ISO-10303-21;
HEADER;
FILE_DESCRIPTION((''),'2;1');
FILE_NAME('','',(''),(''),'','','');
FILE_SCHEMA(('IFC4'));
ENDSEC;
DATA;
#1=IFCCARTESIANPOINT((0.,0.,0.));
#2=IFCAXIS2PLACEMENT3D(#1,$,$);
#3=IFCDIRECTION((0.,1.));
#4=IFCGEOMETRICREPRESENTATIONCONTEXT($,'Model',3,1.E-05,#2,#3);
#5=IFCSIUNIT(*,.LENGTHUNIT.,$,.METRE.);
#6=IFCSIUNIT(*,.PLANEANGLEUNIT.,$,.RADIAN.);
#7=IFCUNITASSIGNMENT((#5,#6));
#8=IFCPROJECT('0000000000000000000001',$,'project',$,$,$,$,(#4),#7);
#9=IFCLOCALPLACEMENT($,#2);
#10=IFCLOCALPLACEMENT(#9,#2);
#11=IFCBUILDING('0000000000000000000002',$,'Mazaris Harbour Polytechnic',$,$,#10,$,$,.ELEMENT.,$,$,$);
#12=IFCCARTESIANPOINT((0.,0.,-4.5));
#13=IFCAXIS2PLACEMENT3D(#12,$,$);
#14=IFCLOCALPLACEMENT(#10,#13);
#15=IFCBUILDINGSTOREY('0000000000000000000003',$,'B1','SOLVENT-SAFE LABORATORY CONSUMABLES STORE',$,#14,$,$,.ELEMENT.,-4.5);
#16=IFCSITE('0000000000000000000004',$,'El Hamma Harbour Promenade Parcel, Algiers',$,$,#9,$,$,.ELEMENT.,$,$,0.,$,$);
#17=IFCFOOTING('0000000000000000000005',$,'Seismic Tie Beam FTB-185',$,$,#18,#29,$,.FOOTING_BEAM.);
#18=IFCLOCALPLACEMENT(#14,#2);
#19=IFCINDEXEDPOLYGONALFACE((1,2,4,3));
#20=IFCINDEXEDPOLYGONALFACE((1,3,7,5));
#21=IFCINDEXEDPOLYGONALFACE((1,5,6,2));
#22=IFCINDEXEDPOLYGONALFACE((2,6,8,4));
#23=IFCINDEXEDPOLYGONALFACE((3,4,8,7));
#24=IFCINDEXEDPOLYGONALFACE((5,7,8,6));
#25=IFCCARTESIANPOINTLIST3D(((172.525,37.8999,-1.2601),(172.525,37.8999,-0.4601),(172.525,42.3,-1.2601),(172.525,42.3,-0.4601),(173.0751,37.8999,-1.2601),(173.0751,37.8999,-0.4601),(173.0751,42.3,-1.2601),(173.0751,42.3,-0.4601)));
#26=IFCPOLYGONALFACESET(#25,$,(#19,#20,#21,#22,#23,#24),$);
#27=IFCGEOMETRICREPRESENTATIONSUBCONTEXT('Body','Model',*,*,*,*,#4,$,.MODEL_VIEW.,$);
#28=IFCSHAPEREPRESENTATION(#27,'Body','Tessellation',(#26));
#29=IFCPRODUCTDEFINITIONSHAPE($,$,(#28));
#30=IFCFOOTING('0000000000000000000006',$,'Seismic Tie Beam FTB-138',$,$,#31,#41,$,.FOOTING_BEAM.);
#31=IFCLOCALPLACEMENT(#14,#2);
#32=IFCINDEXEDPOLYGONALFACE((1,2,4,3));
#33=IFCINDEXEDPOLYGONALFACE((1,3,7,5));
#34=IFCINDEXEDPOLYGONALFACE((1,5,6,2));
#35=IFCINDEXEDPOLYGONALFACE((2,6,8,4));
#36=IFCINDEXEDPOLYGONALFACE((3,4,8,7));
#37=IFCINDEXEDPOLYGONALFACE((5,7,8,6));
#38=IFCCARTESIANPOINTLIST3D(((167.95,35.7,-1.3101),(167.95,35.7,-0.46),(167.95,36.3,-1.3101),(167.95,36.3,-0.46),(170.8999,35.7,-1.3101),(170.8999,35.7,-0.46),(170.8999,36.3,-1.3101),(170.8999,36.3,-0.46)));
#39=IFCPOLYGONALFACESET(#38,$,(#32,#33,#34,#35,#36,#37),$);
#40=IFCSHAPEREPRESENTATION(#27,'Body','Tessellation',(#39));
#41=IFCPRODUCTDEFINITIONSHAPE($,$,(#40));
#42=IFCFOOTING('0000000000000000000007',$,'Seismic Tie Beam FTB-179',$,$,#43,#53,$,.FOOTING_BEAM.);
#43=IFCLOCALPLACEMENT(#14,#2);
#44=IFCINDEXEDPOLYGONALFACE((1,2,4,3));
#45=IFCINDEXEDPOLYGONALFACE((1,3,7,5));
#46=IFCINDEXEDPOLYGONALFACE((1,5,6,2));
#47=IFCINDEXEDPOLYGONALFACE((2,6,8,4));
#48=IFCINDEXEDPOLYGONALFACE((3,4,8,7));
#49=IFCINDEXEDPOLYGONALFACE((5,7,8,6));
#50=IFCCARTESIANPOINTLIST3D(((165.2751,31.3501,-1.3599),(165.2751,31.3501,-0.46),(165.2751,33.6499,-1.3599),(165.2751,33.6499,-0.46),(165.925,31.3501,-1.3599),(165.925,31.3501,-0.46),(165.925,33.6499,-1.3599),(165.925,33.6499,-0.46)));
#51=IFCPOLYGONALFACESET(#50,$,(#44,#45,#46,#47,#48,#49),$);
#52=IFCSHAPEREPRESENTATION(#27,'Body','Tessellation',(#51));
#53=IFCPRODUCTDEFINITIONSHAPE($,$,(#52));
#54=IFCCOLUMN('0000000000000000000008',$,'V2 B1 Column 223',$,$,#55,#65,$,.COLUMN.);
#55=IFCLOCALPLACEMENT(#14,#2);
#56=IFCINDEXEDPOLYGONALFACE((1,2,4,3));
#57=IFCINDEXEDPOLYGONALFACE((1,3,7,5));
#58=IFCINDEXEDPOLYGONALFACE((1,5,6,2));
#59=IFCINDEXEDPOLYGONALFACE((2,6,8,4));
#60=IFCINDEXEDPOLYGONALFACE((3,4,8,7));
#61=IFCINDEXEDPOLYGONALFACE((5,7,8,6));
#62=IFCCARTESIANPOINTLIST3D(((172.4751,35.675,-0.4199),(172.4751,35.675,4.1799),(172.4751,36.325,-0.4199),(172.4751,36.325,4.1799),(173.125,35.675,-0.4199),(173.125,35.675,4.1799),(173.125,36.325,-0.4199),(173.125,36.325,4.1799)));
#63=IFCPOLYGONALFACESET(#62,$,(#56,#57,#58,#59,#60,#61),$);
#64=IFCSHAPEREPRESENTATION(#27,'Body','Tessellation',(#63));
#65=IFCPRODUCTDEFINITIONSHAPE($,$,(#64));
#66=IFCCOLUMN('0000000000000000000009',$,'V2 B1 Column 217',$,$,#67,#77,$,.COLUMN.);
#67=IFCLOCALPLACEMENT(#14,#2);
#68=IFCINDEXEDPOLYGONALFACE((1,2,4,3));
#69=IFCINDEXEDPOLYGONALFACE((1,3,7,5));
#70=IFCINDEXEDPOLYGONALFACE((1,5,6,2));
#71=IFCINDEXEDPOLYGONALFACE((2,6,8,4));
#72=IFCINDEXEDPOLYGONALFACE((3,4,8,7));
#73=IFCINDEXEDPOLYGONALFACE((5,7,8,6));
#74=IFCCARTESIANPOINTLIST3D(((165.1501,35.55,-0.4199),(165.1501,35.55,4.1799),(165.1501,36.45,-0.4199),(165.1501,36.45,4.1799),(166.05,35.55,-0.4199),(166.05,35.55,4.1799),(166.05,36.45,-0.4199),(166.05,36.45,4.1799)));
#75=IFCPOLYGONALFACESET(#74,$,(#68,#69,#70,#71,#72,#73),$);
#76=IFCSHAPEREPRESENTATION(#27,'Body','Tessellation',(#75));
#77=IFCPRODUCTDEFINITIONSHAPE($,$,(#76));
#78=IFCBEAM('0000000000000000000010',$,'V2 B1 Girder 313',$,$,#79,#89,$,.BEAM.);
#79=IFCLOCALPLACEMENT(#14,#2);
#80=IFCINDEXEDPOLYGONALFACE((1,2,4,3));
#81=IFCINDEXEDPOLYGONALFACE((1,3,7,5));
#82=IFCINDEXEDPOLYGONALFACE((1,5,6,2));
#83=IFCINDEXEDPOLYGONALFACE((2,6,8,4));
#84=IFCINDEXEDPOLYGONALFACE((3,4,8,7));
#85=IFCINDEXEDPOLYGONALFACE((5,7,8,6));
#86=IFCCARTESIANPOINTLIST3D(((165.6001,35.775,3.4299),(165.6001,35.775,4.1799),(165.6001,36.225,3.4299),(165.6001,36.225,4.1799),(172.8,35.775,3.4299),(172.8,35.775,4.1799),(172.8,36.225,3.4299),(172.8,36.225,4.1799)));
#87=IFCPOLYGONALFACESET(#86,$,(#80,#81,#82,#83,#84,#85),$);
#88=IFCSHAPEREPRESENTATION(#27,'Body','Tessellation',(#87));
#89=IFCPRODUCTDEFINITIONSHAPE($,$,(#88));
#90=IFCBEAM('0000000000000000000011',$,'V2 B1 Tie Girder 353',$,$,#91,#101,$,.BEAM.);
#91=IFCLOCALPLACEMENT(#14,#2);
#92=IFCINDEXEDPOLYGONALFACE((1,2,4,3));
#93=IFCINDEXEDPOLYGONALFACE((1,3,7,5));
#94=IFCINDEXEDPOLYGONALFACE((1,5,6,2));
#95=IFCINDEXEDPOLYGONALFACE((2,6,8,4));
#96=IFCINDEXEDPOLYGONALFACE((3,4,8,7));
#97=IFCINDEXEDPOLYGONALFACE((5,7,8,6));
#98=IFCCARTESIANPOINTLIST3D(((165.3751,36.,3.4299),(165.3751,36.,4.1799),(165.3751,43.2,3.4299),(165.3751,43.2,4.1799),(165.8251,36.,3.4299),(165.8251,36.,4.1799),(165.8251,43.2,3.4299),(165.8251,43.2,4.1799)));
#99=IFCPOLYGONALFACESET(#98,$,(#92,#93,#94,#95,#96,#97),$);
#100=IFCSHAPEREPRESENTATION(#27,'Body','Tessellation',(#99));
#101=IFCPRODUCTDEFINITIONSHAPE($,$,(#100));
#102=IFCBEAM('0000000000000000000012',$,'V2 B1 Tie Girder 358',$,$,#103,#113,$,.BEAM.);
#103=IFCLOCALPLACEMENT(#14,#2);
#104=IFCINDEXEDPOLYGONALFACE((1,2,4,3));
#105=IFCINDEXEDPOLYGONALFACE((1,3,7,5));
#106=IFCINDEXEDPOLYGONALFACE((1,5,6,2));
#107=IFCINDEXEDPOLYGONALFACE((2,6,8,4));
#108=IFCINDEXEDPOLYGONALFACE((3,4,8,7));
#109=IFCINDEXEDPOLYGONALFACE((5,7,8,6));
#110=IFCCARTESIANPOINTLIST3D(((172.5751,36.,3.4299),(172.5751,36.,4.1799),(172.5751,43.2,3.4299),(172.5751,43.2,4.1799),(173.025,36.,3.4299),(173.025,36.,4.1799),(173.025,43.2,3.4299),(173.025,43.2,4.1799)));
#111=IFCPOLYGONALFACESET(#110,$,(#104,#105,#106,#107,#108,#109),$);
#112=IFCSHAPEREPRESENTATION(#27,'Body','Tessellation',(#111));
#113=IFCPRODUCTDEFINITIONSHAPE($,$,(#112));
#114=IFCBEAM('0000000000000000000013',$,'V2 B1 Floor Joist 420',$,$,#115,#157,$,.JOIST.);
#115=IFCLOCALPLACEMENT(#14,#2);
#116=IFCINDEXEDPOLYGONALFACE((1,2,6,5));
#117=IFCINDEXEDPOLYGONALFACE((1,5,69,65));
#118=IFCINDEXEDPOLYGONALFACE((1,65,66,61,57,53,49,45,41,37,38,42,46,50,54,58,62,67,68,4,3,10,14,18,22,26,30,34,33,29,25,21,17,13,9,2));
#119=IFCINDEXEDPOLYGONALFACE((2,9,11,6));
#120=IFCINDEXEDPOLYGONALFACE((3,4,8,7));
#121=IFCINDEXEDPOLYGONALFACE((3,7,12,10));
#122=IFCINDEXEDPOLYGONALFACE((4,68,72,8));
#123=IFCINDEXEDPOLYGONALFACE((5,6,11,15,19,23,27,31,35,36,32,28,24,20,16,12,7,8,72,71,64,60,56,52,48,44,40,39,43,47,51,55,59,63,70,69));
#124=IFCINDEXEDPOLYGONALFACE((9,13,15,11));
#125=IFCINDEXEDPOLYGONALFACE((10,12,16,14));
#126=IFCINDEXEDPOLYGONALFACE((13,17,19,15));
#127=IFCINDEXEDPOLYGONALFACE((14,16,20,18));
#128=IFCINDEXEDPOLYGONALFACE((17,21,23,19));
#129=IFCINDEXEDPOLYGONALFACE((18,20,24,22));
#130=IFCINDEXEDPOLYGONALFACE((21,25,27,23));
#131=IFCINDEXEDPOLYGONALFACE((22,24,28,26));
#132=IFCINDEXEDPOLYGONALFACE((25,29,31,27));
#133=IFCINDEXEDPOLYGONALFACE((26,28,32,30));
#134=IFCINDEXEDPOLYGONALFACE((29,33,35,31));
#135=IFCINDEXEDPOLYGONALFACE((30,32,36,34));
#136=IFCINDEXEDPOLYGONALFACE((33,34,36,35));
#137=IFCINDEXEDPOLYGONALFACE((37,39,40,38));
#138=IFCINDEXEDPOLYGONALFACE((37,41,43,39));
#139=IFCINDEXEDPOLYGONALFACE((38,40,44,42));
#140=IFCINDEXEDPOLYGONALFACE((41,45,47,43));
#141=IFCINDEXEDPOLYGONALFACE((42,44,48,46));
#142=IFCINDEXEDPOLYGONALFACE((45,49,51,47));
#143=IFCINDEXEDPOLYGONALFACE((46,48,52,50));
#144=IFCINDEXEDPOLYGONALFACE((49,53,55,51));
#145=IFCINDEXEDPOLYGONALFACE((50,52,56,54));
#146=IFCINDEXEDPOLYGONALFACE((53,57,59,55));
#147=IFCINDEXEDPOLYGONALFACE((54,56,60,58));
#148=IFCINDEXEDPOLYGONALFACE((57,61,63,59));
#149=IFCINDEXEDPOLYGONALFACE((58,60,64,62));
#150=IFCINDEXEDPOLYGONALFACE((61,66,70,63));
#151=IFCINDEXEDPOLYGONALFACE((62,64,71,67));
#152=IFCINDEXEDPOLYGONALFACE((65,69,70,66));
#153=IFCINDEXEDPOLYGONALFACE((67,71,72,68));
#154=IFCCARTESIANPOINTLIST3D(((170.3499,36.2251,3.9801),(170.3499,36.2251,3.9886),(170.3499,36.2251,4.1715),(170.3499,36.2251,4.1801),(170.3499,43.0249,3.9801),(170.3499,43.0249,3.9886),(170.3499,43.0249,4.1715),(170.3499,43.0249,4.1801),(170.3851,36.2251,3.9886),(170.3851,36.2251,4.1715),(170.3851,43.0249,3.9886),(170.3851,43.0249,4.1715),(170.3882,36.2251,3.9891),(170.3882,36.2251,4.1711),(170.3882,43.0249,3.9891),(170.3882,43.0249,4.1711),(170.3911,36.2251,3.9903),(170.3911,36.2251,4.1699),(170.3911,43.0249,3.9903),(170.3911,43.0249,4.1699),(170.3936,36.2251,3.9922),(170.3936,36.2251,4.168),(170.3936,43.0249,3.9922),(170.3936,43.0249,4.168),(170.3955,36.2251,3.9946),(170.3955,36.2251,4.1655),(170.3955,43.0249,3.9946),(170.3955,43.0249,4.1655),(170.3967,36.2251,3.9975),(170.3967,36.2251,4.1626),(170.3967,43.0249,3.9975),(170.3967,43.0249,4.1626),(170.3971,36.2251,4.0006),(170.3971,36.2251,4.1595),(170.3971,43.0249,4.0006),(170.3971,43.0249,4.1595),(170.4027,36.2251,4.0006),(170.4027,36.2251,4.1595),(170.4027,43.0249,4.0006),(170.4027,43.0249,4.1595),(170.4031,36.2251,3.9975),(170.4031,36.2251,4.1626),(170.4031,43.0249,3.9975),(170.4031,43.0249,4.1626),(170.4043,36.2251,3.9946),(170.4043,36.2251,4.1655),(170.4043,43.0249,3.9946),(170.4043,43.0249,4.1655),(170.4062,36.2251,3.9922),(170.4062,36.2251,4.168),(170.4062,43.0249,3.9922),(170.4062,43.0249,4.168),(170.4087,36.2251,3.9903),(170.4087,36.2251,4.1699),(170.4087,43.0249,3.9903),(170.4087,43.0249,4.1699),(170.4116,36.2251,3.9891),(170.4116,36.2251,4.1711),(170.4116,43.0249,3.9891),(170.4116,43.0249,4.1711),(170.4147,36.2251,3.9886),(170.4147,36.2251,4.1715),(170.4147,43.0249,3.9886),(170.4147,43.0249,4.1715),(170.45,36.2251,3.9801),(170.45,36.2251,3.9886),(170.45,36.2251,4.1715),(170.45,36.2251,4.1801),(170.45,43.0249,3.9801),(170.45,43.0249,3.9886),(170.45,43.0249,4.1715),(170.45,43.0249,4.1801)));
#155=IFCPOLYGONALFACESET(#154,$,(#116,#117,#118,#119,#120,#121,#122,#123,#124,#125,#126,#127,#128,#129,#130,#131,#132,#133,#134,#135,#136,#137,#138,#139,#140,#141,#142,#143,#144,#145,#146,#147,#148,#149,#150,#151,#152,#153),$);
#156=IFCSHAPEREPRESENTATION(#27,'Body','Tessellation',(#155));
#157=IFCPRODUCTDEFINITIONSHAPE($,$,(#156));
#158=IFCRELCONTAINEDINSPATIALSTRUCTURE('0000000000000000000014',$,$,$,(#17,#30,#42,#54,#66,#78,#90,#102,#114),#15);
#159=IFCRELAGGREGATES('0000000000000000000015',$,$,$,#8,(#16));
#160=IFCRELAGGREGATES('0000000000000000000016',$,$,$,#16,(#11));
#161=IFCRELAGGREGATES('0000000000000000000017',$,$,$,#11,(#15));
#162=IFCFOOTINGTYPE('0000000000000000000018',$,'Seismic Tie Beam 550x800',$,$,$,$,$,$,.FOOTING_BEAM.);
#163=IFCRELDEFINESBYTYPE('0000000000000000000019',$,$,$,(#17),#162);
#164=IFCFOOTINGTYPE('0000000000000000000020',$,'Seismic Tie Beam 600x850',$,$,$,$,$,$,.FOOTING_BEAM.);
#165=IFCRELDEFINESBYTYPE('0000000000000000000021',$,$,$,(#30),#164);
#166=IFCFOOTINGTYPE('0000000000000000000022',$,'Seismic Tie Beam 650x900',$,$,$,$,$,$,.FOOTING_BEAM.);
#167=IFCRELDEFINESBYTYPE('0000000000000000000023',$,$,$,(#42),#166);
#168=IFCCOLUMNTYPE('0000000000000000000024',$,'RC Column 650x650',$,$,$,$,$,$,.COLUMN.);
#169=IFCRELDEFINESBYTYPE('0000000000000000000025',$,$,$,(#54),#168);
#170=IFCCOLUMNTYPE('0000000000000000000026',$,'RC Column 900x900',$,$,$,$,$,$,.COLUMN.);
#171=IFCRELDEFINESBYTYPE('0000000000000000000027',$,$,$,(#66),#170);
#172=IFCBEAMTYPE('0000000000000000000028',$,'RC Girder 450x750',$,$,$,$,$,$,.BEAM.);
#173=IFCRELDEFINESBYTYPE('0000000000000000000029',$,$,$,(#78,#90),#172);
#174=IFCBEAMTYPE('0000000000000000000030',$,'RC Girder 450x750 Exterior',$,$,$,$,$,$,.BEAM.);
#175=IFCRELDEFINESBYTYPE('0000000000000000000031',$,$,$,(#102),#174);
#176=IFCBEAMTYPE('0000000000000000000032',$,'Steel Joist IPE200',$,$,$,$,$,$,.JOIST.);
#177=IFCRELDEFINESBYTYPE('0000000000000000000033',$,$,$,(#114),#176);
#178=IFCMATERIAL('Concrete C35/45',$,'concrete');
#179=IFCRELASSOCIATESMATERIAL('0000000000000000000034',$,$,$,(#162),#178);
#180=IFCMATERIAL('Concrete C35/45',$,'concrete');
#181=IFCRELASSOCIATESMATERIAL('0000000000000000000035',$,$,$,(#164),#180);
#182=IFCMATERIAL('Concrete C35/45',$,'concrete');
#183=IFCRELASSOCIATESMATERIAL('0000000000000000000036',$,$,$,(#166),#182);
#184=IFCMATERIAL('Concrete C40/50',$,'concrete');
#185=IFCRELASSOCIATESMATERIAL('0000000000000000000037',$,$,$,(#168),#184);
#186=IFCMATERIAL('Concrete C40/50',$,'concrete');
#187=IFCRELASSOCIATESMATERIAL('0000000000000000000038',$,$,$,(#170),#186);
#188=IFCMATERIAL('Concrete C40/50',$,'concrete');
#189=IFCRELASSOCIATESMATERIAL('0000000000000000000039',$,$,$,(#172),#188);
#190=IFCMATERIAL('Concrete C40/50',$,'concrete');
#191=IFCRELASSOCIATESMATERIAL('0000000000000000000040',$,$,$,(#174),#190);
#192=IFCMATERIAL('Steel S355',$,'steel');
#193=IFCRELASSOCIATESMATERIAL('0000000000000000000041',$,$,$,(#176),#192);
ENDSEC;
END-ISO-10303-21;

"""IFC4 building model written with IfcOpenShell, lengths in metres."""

from ifc_helpers import new_model, si_unit, direction, frame, origin, origin_2d, place, context, subcontext, project, spatial, rectangle, i_section, extrude, material, material_profile, profile_set, type_object, element, save


model = new_model("IFC4")

# Units and contexts
model_context = context("Model", 3, precision=1e-05, world=origin(), true_north=direction((0.0, 1.0)))
body_context = subcontext(model_context, "Body", "Model", "MODEL_VIEW")
ifc_project = project(units=[si_unit("LENGTHUNIT", "METRE"), si_unit("PLANEANGLEUNIT", "RADIAN")], contexts=[model_context])

# Site, building, storey
site_placement = place(None, origin())
site = spatial("IfcSite", under=ifc_project, at=site_placement, Name="El Hamma Harbour Promenade Parcel, Algiers", CompositionType="ELEMENT", RefElevation=0.0)
building_placement = place(site_placement, origin())
building = spatial("IfcBuilding", under=site, at=building_placement, Name="Mazaris Harbour Polytechnic", CompositionType="ELEMENT")
storey_placement = place(building_placement, frame((0.0, 0.0, -4.5)))
storey = spatial("IfcBuildingStorey", under=building, at=storey_placement, Name="B1", Description="SOLVENT-SAFE LABORATORY CONSUMABLES STORE", CompositionType="ELEMENT", Elevation=-4.5)

# Footings
ifc_material_1 = material(Name="Concrete C35/45", Category="concrete")
ifc_material_profile_1 = material_profile(ifc_material_1, rectangle(XDim=0.55, YDim=0.8, at=origin_2d()), Name="RECT550x800")
ifc_profile_set_1 = profile_set([ifc_material_profile_1], Name="Concrete C35/45")
footing_type_1 = type_object("IfcFootingType", Name="Seismic Tie Beam 550x800", PredefinedType="FOOTING_BEAM", material=ifc_profile_set_1)
footing_1_placement = place(storey_placement, frame((172.8, 37.8999, -0.8601), z_axis=(0.0, 1.0, 0.0), x_axis=(-1.0, 0.0, 0.0)))
element("IfcFooting", 1, at=footing_1_placement, inside=storey, type_object=footing_type_1, Name="Seismic Tie Beam FTB-185", PredefinedType="FOOTING_BEAM", context=body_context, shape_type="SweptSolid", body=[
    extrude(rectangle(XDim=0.55, YDim=0.8, at=origin_2d()), origin(), (0.0, 0.0, 1.0), 4.4001),
])
ifc_material_2 = material(Name="Concrete C35/45", Category="concrete")
ifc_material_profile_2 = material_profile(ifc_material_2, rectangle(XDim=0.6001, YDim=0.8501, at=origin_2d()), Name="RECT600x850")
ifc_profile_set_2 = profile_set([ifc_material_profile_2], Name="Concrete C35/45")
footing_type_2 = type_object("IfcFootingType", Name="Seismic Tie Beam 600x850", PredefinedType="FOOTING_BEAM", material=ifc_profile_set_2)
footing_2_placement = place(storey_placement, frame((167.95, 36.0, -0.885), z_axis=(1.0, 0.0, 0.0), x_axis=(0.0, 1.0, 0.0)))
element("IfcFooting", 2, at=footing_2_placement, inside=storey, type_object=footing_type_2, Name="Seismic Tie Beam FTB-138", PredefinedType="FOOTING_BEAM", context=body_context, shape_type="SweptSolid", body=[
    extrude(rectangle(XDim=0.6001, YDim=0.8501, at=origin_2d()), origin(), (0.0, 0.0, 1.0), 2.95),
])
ifc_material_3 = material(Name="Concrete C35/45", Category="concrete")
ifc_material_profile_3 = material_profile(ifc_material_3, rectangle(XDim=0.6499, YDim=0.8999, at=origin_2d()), Name="RECT650x900")
ifc_profile_set_3 = profile_set([ifc_material_profile_3], Name="Concrete C35/45")
footing_type_3 = type_object("IfcFootingType", Name="Seismic Tie Beam 650x900", PredefinedType="FOOTING_BEAM", material=ifc_profile_set_3)
footing_3_placement = place(storey_placement, frame((165.6001, 31.3501, -0.9099), z_axis=(0.0, 1.0, 0.0), x_axis=(-1.0, 0.0, 0.0)))
element("IfcFooting", 3, at=footing_3_placement, inside=storey, type_object=footing_type_3, Name="Seismic Tie Beam FTB-179", PredefinedType="FOOTING_BEAM", context=body_context, shape_type="SweptSolid", body=[
    extrude(rectangle(XDim=0.6499, YDim=0.8999, at=origin_2d()), origin(), (0.0, 0.0, 1.0), 2.2998),
])

# Columns
ifc_material_4 = material(Name="Concrete C40/50", Category="concrete")
ifc_material_profile_4 = material_profile(ifc_material_4, rectangle(XDim=0.6499, YDim=0.6499, at=origin_2d()), Name="RECT650x650")
ifc_profile_set_4 = profile_set([ifc_material_profile_4], Name="Concrete C40/50")
column_type_1 = type_object("IfcColumnType", Name="RC Column 650x650", PredefinedType="COLUMN", material=ifc_profile_set_4)
column_1_placement = place(storey_placement, frame((172.8, 36.0, -0.4199), z_axis=(0.0, 0.0, 1.0), x_axis=(1.0, 0.0, 0.0)))
element("IfcColumn", 4, at=column_1_placement, inside=storey, type_object=column_type_1, Name="V2 B1 Column 223", PredefinedType="COLUMN", context=body_context, shape_type="SweptSolid", body=[
    extrude(rectangle(XDim=0.6499, YDim=0.6499, at=origin_2d()), origin(), (0.0, 0.0, 1.0), 4.5999),
])
ifc_material_5 = material(Name="Concrete C40/50", Category="concrete")
ifc_material_profile_5 = material_profile(ifc_material_5, rectangle(XDim=0.8999, YDim=0.8999, at=origin_2d()), Name="RECT900x900")
ifc_profile_set_5 = profile_set([ifc_material_profile_5], Name="Concrete C40/50")
column_type_2 = type_object("IfcColumnType", Name="RC Column 900x900", PredefinedType="COLUMN", material=ifc_profile_set_5)
column_2_placement = place(storey_placement, frame((165.6001, 36.0, -0.4199), z_axis=(0.0, 0.0, 1.0), x_axis=(1.0, 0.0, 0.0)))
element("IfcColumn", 5, at=column_2_placement, inside=storey, type_object=column_type_2, Name="V2 B1 Column 217", PredefinedType="COLUMN", context=body_context, shape_type="SweptSolid", body=[
    extrude(rectangle(XDim=0.8999, YDim=0.8999, at=origin_2d()), origin(), (0.0, 0.0, 1.0), 4.5999),
])

# Beams
ifc_material_6 = material(Name="Concrete C40/50", Category="concrete")
ifc_material_profile_6 = material_profile(ifc_material_6, rectangle(XDim=0.45, YDim=0.75, at=origin_2d()), Name="RECT450x750")
ifc_profile_set_6 = profile_set([ifc_material_profile_6], Name="Concrete C40/50")
beam_type_1 = type_object("IfcBeamType", Name="RC Girder 450x750", PredefinedType="BEAM", material=ifc_profile_set_6)
for number, where, z_axis, x_axis, name in (
    (6, (165.6001, 36.0, 3.8049), (1.0, 0.0, 0.0), (0.0, 1.0, 0.0), "V2 B1 Girder 313"),
    (7, (165.6001, 36.0, 3.8049), (0.0, 1.0, 0.0), (-1.0, 0.0, 0.0), "V2 B1 Tie Girder 353"),
):
    element("IfcBeam", number, at=place(storey_placement, frame(where, z_axis=z_axis, x_axis=x_axis)), inside=storey, type_object=beam_type_1, Name=name, PredefinedType="BEAM", context=body_context, shape_type="SweptSolid", body=[
        extrude(rectangle(XDim=0.45, YDim=0.75, at=origin_2d()), origin(), (0.0, 0.0, 1.0), 7.2),
    ])
ifc_material_7 = material(Name="Concrete C40/50", Category="concrete")
ifc_material_profile_7 = material_profile(ifc_material_7, rectangle(XDim=0.45, YDim=0.75, at=origin_2d()), Name="RECT450x750")
ifc_profile_set_7 = profile_set([ifc_material_profile_7], Name="Concrete C40/50")
beam_type_2 = type_object("IfcBeamType", Name="RC Girder 450x750 Exterior", PredefinedType="BEAM", material=ifc_profile_set_7)
beam_1_placement = place(storey_placement, frame((172.8, 36.0, 3.8049), z_axis=(0.0, 1.0, 0.0), x_axis=(-1.0, 0.0, 0.0)))
element("IfcBeam", 8, at=beam_1_placement, inside=storey, type_object=beam_type_2, Name="V2 B1 Tie Girder 358", PredefinedType="BEAM", context=body_context, shape_type="SweptSolid", body=[
    extrude(rectangle(XDim=0.45, YDim=0.75, at=origin_2d()), origin(), (0.0, 0.0, 1.0), 7.2),
])
ifc_material_8 = material(Name="Steel S355", Category="steel")
ifc_material_profile_8 = material_profile(ifc_material_8, i_section(OverallWidth=0.1001, OverallDepth=0.2, WebThickness=0.0056, FlangeThickness=0.0085, FilletRadius=0.012, at=origin_2d()), Name="IPE 200")
ifc_profile_set_8 = profile_set([ifc_material_profile_8], Name="Steel S355")
beam_type_3 = type_object("IfcBeamType", Name="Steel Joist IPE200", PredefinedType="JOIST", material=ifc_profile_set_8)
beam_2_placement = place(storey_placement, frame((170.3999, 36.2251, 4.0801), z_axis=(0.0, 1.0, 0.0), x_axis=(-1.0, 0.0, 0.0)))
element("IfcBeam", 9, at=beam_2_placement, inside=storey, type_object=beam_type_3, Name="V2 B1 Floor Joist 420", PredefinedType="JOIST", context=body_context, shape_type="SweptSolid", body=[
    extrude(i_section(OverallWidth=0.1001, OverallDepth=0.2, WebThickness=0.0056, FlangeThickness=0.0085, FilletRadius=0.012, at=origin_2d()), origin(), (0.0, 0.0, 1.0), 6.7998),
])

save(model, "model.ifc")
